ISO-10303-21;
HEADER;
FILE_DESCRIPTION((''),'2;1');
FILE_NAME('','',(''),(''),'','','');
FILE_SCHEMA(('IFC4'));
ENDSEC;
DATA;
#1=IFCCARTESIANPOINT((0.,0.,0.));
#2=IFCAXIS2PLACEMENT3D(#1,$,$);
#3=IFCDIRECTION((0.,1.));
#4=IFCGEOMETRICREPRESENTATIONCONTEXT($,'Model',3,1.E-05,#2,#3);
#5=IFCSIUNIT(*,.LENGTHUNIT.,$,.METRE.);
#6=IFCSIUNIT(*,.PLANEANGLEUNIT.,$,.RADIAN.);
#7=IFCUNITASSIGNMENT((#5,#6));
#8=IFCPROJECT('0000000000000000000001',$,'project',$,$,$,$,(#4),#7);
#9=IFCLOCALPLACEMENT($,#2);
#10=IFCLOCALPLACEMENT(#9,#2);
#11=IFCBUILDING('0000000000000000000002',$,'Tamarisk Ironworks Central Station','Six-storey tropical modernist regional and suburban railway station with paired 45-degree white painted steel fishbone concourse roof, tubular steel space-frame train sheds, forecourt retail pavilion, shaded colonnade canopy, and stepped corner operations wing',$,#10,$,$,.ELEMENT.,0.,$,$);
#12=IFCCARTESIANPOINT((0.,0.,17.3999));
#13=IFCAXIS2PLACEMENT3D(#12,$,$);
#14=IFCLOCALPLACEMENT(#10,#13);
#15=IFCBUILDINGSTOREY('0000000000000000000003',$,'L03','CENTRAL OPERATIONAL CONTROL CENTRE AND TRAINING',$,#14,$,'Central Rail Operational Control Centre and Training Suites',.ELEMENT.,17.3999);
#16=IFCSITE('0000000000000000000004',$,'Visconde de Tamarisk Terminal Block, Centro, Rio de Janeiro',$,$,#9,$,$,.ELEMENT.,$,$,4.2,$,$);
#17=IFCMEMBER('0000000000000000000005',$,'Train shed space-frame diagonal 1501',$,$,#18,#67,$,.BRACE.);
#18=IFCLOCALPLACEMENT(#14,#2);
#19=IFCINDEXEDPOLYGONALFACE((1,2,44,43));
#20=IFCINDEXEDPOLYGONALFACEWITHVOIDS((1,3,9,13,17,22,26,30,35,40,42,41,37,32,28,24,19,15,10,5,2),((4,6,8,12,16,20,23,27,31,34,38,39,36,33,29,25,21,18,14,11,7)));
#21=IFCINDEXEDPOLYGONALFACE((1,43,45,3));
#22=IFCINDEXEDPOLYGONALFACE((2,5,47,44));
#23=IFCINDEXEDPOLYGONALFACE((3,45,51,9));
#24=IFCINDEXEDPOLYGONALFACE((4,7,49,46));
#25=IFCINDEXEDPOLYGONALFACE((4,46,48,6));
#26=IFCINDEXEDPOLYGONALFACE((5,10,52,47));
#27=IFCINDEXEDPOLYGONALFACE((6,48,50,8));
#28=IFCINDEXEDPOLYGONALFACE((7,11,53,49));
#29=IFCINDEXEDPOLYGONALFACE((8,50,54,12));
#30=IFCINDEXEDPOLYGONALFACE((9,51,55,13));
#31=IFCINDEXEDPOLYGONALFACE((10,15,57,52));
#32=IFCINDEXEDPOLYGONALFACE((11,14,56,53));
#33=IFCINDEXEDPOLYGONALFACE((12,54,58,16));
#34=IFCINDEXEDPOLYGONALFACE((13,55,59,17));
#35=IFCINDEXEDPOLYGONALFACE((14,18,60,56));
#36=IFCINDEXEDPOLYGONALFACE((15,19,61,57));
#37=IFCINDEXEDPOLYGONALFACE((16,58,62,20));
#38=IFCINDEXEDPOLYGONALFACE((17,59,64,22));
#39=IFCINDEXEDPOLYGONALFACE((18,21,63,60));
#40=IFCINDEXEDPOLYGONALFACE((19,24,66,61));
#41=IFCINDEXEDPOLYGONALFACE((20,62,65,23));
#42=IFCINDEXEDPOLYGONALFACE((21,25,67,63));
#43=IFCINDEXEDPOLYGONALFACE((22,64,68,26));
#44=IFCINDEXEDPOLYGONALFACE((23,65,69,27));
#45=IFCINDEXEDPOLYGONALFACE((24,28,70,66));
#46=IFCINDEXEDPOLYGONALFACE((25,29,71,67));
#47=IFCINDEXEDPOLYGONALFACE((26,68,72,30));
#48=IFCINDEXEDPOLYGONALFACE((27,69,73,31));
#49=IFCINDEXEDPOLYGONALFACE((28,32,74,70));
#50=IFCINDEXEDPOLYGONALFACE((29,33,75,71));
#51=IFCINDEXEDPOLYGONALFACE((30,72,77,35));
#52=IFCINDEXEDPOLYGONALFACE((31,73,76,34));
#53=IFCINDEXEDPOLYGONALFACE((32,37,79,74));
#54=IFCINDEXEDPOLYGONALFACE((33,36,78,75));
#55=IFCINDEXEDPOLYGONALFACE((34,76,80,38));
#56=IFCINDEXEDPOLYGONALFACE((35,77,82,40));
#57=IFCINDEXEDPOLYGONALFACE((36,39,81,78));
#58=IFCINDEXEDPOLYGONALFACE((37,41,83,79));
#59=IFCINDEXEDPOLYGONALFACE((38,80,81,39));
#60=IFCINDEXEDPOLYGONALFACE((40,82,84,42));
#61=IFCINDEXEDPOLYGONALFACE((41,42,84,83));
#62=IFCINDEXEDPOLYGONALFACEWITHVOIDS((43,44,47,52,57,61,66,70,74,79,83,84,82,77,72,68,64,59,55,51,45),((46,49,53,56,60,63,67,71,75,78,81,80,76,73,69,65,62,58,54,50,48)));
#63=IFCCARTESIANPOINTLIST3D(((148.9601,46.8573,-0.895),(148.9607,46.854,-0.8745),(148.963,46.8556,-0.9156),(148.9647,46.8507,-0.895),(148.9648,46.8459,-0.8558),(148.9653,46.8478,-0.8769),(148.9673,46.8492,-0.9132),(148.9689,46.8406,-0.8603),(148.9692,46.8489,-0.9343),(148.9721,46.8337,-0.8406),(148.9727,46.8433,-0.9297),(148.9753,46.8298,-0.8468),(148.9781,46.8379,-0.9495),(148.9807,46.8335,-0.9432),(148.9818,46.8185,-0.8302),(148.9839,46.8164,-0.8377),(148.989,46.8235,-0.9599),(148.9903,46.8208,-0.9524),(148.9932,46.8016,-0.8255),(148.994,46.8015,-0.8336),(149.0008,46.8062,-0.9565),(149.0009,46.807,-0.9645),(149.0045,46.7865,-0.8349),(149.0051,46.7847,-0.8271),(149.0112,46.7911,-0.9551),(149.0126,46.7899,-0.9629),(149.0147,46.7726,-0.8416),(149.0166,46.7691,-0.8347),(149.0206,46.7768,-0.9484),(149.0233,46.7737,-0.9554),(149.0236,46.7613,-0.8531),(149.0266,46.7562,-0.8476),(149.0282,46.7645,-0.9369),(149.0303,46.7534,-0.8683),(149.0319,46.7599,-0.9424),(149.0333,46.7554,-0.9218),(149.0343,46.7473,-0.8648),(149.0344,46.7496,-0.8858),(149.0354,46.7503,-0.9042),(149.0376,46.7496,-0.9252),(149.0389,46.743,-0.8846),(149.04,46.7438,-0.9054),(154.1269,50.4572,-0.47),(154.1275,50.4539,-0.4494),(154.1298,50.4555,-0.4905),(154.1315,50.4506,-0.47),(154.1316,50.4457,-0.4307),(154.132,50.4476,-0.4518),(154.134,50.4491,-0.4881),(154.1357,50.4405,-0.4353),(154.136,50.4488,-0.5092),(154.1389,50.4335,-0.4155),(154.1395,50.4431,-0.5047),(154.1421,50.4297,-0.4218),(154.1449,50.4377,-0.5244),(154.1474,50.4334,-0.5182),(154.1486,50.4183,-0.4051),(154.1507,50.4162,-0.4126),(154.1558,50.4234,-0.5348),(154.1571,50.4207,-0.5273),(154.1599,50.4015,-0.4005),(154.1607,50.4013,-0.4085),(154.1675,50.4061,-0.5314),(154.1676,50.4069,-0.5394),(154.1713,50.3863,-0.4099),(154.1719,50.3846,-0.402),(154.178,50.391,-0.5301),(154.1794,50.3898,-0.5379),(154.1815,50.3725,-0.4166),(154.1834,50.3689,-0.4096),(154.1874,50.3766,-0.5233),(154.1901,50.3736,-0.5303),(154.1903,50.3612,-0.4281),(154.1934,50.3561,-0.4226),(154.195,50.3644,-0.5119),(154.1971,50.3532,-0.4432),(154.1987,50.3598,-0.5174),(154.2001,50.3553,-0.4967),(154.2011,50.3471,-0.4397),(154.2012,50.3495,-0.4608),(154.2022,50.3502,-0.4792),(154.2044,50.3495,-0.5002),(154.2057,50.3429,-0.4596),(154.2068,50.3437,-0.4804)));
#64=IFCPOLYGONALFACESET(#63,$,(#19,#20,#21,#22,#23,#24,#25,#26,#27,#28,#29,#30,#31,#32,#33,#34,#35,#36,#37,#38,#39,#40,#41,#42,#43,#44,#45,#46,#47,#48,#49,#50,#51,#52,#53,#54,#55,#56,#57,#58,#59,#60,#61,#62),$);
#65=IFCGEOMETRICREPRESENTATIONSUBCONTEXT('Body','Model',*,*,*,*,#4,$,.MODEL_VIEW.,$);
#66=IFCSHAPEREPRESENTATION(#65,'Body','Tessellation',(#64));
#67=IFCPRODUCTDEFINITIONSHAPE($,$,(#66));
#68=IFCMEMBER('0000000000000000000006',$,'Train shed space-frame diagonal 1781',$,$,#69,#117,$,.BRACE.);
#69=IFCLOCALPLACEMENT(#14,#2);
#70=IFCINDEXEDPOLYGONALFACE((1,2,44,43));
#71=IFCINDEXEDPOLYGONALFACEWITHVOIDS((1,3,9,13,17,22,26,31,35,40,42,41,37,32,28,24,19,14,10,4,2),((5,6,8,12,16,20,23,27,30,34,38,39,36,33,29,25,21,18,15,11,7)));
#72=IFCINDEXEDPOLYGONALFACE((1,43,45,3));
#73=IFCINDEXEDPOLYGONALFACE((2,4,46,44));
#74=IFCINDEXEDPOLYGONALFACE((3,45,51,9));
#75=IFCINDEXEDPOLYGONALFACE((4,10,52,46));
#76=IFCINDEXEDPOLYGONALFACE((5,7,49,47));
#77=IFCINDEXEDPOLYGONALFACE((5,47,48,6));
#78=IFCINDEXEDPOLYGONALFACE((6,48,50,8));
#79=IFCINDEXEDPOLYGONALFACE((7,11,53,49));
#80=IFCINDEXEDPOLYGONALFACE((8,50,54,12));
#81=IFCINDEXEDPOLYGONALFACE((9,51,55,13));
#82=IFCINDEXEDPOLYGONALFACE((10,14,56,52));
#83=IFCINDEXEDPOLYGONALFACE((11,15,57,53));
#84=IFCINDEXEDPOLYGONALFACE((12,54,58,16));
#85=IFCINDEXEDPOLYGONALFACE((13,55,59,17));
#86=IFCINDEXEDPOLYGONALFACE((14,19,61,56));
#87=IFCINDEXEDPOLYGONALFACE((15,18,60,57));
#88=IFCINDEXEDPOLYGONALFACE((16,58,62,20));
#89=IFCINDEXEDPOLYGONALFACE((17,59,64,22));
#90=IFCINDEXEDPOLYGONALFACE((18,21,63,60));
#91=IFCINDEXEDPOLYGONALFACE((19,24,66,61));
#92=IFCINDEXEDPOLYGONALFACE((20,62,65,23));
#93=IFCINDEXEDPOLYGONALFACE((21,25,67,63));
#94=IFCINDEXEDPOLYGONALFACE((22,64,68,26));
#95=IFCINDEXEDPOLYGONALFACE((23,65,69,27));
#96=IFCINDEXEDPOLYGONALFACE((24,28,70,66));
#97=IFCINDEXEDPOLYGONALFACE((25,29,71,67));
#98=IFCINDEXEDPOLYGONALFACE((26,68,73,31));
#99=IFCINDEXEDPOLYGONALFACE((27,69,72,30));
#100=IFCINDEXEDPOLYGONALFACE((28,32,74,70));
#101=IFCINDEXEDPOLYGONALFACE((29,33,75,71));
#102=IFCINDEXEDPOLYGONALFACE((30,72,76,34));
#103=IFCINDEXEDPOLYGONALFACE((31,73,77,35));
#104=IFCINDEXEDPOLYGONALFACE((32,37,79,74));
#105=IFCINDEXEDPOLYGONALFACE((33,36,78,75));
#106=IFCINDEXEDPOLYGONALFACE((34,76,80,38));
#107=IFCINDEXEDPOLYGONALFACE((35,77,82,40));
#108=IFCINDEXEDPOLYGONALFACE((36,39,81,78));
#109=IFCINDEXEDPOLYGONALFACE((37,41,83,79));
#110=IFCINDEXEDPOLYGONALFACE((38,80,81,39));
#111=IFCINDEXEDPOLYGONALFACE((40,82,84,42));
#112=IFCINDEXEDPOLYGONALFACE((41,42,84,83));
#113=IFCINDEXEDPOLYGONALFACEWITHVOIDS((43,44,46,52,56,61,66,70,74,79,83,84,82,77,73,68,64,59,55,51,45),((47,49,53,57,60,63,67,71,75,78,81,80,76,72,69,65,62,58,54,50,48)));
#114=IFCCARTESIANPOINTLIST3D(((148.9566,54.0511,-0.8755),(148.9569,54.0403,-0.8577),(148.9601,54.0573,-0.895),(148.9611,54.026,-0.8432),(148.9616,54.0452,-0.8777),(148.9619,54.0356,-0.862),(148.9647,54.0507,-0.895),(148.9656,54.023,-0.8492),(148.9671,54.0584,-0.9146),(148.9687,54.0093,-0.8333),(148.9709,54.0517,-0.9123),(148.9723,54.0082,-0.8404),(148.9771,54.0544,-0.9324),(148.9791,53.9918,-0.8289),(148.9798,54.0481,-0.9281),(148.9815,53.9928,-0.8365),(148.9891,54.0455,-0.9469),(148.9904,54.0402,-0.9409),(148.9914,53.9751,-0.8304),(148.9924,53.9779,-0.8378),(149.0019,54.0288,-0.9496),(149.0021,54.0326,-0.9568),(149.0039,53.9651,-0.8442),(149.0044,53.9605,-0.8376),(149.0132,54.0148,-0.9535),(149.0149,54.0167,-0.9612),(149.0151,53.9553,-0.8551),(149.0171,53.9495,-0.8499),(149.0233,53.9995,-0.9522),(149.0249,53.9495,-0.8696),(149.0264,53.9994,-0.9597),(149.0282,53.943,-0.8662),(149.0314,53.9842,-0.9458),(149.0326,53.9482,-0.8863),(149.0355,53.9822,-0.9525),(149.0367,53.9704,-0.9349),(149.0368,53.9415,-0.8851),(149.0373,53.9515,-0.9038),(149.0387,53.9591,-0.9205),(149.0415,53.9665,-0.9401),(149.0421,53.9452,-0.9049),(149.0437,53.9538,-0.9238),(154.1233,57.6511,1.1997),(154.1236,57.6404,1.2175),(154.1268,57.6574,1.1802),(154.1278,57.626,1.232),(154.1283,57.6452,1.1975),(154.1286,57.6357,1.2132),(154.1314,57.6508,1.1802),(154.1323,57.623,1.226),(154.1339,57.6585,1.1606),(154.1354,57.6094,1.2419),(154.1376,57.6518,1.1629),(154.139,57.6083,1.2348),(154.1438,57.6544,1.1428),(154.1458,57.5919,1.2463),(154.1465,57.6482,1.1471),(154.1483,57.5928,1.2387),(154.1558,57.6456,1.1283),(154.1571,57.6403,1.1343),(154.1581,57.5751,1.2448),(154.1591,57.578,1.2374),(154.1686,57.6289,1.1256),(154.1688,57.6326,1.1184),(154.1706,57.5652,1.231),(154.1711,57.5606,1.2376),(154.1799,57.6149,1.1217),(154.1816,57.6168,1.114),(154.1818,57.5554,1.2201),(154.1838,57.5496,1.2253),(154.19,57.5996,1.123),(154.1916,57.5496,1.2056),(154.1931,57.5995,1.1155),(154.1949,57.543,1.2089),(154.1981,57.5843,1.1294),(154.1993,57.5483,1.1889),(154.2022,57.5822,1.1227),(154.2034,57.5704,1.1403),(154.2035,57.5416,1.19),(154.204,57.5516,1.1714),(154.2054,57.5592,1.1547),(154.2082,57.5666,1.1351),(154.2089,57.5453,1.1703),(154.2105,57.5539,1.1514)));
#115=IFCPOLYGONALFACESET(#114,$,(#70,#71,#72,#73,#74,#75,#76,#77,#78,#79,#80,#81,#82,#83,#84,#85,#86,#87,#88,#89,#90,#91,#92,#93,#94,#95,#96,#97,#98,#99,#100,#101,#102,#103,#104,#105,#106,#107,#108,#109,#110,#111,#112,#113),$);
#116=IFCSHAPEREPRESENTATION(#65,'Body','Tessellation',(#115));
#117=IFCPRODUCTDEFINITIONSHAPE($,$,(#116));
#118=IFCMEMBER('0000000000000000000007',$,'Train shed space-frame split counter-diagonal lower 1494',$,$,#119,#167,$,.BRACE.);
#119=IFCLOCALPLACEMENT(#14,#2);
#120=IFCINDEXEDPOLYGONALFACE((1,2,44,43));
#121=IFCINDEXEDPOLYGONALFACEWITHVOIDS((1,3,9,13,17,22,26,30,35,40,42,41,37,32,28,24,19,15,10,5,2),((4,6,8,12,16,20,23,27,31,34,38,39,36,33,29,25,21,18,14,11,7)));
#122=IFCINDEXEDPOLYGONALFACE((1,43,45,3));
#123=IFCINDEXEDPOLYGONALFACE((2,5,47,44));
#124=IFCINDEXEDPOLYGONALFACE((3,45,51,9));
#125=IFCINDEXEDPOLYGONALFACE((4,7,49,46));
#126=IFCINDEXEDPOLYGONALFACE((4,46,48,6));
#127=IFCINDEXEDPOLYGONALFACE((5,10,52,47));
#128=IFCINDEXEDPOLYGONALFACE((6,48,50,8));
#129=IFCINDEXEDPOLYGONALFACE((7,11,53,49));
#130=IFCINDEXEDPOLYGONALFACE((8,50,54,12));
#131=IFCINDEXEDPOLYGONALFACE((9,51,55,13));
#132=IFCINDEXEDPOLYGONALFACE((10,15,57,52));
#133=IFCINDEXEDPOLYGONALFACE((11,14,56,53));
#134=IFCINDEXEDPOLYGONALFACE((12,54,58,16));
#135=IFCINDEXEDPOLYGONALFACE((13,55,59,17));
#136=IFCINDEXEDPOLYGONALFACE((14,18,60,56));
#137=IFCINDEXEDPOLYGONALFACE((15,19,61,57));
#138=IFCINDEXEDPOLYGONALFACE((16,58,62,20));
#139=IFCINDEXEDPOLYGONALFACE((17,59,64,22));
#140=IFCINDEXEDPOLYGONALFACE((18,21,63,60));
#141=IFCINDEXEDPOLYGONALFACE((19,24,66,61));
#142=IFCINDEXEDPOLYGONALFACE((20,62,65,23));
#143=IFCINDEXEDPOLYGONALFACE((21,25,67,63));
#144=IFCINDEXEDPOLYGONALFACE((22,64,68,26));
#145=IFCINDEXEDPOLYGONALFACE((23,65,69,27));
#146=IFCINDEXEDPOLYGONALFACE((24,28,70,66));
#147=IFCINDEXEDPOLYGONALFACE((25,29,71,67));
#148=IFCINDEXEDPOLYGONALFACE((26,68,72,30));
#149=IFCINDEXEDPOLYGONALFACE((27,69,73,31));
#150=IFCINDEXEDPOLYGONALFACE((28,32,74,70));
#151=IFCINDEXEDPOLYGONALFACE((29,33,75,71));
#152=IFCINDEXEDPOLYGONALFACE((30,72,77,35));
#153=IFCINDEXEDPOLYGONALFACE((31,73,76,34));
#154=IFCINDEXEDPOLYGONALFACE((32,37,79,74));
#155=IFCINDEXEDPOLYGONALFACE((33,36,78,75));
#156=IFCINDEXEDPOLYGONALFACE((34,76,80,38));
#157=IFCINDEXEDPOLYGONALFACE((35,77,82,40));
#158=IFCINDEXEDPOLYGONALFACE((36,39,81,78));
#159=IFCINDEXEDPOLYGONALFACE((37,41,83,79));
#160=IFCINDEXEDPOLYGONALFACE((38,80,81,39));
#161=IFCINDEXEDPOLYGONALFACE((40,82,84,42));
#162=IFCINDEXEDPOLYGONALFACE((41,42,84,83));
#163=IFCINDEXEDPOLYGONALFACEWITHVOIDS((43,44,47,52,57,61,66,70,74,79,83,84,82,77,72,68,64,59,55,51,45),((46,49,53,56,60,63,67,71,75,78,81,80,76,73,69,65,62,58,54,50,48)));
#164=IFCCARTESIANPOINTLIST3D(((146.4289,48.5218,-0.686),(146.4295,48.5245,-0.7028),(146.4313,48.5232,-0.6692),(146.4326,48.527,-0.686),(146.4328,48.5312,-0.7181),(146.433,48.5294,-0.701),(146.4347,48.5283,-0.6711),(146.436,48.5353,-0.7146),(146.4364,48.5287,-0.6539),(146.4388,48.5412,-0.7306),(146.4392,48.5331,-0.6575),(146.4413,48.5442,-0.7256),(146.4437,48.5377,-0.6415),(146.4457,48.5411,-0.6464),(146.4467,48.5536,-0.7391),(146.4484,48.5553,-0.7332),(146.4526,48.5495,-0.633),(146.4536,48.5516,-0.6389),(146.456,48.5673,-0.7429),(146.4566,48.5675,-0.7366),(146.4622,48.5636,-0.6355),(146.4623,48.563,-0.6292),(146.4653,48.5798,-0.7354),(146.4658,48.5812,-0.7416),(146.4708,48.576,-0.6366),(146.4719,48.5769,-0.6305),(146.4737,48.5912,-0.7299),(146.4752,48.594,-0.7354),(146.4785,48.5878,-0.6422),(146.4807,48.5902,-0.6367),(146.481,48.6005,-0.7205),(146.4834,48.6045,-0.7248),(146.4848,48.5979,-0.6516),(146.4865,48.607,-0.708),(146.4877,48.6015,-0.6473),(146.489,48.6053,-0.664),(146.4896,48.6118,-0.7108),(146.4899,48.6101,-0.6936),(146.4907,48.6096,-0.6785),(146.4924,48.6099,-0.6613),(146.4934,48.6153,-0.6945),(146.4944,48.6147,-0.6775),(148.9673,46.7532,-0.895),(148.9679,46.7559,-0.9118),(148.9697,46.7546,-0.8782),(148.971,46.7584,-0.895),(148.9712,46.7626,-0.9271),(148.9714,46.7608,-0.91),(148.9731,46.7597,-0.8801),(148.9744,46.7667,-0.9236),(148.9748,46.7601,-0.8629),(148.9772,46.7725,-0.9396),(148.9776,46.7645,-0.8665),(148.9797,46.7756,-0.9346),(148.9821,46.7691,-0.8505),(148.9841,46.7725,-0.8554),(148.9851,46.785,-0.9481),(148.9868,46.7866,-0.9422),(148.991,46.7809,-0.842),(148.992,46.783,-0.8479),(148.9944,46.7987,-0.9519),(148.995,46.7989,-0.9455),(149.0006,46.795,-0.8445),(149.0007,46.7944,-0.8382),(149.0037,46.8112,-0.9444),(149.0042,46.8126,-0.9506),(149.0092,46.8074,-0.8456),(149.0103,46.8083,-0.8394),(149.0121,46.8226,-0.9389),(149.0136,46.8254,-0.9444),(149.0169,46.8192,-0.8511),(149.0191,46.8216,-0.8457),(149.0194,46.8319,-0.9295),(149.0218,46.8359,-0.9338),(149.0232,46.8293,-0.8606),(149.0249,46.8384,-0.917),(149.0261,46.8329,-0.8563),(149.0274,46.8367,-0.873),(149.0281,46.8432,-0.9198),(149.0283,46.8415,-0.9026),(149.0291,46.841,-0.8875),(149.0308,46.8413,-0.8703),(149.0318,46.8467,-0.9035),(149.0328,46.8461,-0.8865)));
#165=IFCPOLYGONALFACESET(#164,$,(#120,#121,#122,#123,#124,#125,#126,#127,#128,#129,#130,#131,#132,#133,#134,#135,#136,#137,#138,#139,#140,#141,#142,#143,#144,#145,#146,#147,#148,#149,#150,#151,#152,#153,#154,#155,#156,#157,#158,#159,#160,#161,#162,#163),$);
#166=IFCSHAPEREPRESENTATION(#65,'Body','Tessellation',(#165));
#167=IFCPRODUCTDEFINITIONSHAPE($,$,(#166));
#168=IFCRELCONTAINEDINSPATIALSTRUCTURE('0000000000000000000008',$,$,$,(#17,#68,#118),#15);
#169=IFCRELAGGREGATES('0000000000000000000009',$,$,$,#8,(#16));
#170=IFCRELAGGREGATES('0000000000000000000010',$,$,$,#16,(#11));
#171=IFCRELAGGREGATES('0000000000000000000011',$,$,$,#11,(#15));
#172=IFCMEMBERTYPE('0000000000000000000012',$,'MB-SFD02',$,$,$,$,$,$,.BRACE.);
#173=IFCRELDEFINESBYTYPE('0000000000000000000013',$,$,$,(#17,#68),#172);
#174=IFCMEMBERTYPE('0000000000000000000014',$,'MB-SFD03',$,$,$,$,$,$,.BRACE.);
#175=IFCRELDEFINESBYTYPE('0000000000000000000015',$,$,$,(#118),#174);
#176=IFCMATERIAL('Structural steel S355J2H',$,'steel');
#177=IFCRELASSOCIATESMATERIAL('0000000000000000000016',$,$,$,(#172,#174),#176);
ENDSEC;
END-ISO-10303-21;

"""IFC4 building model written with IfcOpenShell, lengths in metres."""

from ifc_helpers import new_model, si_unit, direction, frame, origin, origin_2d, place, context, subcontext, project, spatial, hollow_circle, extrude, material, material_profile, profile_set, type_object, element, save


model = new_model("IFC4")

# Units and contexts
model_context = context("Model", 3, precision=1e-05, world=origin(), true_north=direction((0.0, 1.0)))
body_context = subcontext(model_context, "Body", "Model", "MODEL_VIEW")
ifc_project = project(units=[si_unit("LENGTHUNIT", "METRE"), si_unit("PLANEANGLEUNIT", "RADIAN")], contexts=[model_context])

# Site, building, storey
site_placement = place(None, origin())
site = spatial("IfcSite", under=ifc_project, at=site_placement, Name="Visconde de Tamarisk Terminal Block, Centro, Rio de Janeiro", CompositionType="ELEMENT", RefElevation=4.2)
building_placement = place(site_placement, origin())
building = spatial("IfcBuilding", under=site, at=building_placement, Name="Tamarisk Ironworks Central Station", Description="Six-storey tropical modernist regional and suburban railway station with paired 45-degree white painted steel fishbone concourse roof, tubular steel space-frame train sheds, forecourt retail pavilion, shaded colonnade canopy, and stepped corner operations wing", CompositionType="ELEMENT", ElevationOfRefHeight=0.0)
storey_placement = place(building_placement, frame((0.0, 0.0, 17.3999)))
storey = spatial("IfcBuildingStorey", under=building, at=storey_placement, Name="L03", Description="CENTRAL OPERATIONAL CONTROL CENTRE AND TRAINING", LongName="Central Rail Operational Control Centre and Training Suites", CompositionType="ELEMENT", Elevation=17.3999)

# Members
ifc_material_1 = material(Name="Structural steel S355J2H", Category="steel")
ifc_material_profile_1 = material_profile(ifc_material_1, hollow_circle(Radius=0.0698, WallThickness=0.0081, at=origin_2d()), Name="CHS 139.7x8")
ifc_profile_set_1 = profile_set([ifc_material_profile_1], Name="Structural steel S355J2H")
member_type_1 = type_object("IfcMemberType", Name="MB-SFD02", PredefinedType="BRACE", material=ifc_profile_set_1)
member_1_placement = place(storey_placement, frame((149.0, 46.8, -0.895), z_axis=(0.818626, 0.570365, 0.067345), x_axis=(-0.571663, 0.820489, 0.0)))
element("IfcMember", 1, at=member_1_placement, inside=storey, type_object=member_type_1, Name="Train shed space-frame diagonal 1501", PredefinedType="BRACE", context=body_context, shape_type="SweptSolid", body=[
    extrude(hollow_circle(Radius=0.0698, WallThickness=0.0081, at=origin_2d()), origin(), (0.0, 0.0, 1.0), 6.3115),
])
member_2_placement = place(storey_placement, frame((149.0, 54.0, -0.895), z_axis=(0.779249, 0.542967, 0.312981), x_axis=(-0.571689, 0.82047, 0.0)))
element("IfcMember", 2, at=member_2_placement, inside=storey, type_object=member_type_1, Name="Train shed space-frame diagonal 1781", PredefinedType="BRACE", context=body_context, shape_type="SweptSolid", body=[
    extrude(hollow_circle(Radius=0.0698, WallThickness=0.0081, at=origin_2d()), origin(), (0.0, 0.0, 1.0), 6.6304),
])
ifc_material_profile_2 = material_profile(ifc_material_1, hollow_circle(Radius=0.0571, WallThickness=0.0063, at=origin_2d()), Name="CHS 114.3x6.3")
ifc_profile_set_2 = profile_set([ifc_material_profile_2], Name="Structural steel S355J2H")
member_type_2 = type_object("IfcMemberType", Name="MB-SFD03", PredefinedType="BRACE", material=ifc_profile_set_2)
for number, where, z_axis, x_axis, name in (
    (3, (149.0, 46.8, -0.895), (-0.818621, 0.570366, 0.067398), (-0.571666, -0.820487, 0.0), "Train shed space-frame split counter-diagonal lower 1494"),
):
    element("IfcMember", number, at=place(storey_placement, frame(where, z_axis=z_axis, x_axis=x_axis)), inside=storey, type_object=member_type_2, Name=name, PredefinedType="BRACE", context=body_context, shape_type="SweptSolid", body=[
        extrude(hollow_circle(Radius=0.0571, WallThickness=0.0063, at=origin_2d()), origin(), (0.0, 0.0, 1.0), 3.1008),
    ])

save(model, "model.ifc")
